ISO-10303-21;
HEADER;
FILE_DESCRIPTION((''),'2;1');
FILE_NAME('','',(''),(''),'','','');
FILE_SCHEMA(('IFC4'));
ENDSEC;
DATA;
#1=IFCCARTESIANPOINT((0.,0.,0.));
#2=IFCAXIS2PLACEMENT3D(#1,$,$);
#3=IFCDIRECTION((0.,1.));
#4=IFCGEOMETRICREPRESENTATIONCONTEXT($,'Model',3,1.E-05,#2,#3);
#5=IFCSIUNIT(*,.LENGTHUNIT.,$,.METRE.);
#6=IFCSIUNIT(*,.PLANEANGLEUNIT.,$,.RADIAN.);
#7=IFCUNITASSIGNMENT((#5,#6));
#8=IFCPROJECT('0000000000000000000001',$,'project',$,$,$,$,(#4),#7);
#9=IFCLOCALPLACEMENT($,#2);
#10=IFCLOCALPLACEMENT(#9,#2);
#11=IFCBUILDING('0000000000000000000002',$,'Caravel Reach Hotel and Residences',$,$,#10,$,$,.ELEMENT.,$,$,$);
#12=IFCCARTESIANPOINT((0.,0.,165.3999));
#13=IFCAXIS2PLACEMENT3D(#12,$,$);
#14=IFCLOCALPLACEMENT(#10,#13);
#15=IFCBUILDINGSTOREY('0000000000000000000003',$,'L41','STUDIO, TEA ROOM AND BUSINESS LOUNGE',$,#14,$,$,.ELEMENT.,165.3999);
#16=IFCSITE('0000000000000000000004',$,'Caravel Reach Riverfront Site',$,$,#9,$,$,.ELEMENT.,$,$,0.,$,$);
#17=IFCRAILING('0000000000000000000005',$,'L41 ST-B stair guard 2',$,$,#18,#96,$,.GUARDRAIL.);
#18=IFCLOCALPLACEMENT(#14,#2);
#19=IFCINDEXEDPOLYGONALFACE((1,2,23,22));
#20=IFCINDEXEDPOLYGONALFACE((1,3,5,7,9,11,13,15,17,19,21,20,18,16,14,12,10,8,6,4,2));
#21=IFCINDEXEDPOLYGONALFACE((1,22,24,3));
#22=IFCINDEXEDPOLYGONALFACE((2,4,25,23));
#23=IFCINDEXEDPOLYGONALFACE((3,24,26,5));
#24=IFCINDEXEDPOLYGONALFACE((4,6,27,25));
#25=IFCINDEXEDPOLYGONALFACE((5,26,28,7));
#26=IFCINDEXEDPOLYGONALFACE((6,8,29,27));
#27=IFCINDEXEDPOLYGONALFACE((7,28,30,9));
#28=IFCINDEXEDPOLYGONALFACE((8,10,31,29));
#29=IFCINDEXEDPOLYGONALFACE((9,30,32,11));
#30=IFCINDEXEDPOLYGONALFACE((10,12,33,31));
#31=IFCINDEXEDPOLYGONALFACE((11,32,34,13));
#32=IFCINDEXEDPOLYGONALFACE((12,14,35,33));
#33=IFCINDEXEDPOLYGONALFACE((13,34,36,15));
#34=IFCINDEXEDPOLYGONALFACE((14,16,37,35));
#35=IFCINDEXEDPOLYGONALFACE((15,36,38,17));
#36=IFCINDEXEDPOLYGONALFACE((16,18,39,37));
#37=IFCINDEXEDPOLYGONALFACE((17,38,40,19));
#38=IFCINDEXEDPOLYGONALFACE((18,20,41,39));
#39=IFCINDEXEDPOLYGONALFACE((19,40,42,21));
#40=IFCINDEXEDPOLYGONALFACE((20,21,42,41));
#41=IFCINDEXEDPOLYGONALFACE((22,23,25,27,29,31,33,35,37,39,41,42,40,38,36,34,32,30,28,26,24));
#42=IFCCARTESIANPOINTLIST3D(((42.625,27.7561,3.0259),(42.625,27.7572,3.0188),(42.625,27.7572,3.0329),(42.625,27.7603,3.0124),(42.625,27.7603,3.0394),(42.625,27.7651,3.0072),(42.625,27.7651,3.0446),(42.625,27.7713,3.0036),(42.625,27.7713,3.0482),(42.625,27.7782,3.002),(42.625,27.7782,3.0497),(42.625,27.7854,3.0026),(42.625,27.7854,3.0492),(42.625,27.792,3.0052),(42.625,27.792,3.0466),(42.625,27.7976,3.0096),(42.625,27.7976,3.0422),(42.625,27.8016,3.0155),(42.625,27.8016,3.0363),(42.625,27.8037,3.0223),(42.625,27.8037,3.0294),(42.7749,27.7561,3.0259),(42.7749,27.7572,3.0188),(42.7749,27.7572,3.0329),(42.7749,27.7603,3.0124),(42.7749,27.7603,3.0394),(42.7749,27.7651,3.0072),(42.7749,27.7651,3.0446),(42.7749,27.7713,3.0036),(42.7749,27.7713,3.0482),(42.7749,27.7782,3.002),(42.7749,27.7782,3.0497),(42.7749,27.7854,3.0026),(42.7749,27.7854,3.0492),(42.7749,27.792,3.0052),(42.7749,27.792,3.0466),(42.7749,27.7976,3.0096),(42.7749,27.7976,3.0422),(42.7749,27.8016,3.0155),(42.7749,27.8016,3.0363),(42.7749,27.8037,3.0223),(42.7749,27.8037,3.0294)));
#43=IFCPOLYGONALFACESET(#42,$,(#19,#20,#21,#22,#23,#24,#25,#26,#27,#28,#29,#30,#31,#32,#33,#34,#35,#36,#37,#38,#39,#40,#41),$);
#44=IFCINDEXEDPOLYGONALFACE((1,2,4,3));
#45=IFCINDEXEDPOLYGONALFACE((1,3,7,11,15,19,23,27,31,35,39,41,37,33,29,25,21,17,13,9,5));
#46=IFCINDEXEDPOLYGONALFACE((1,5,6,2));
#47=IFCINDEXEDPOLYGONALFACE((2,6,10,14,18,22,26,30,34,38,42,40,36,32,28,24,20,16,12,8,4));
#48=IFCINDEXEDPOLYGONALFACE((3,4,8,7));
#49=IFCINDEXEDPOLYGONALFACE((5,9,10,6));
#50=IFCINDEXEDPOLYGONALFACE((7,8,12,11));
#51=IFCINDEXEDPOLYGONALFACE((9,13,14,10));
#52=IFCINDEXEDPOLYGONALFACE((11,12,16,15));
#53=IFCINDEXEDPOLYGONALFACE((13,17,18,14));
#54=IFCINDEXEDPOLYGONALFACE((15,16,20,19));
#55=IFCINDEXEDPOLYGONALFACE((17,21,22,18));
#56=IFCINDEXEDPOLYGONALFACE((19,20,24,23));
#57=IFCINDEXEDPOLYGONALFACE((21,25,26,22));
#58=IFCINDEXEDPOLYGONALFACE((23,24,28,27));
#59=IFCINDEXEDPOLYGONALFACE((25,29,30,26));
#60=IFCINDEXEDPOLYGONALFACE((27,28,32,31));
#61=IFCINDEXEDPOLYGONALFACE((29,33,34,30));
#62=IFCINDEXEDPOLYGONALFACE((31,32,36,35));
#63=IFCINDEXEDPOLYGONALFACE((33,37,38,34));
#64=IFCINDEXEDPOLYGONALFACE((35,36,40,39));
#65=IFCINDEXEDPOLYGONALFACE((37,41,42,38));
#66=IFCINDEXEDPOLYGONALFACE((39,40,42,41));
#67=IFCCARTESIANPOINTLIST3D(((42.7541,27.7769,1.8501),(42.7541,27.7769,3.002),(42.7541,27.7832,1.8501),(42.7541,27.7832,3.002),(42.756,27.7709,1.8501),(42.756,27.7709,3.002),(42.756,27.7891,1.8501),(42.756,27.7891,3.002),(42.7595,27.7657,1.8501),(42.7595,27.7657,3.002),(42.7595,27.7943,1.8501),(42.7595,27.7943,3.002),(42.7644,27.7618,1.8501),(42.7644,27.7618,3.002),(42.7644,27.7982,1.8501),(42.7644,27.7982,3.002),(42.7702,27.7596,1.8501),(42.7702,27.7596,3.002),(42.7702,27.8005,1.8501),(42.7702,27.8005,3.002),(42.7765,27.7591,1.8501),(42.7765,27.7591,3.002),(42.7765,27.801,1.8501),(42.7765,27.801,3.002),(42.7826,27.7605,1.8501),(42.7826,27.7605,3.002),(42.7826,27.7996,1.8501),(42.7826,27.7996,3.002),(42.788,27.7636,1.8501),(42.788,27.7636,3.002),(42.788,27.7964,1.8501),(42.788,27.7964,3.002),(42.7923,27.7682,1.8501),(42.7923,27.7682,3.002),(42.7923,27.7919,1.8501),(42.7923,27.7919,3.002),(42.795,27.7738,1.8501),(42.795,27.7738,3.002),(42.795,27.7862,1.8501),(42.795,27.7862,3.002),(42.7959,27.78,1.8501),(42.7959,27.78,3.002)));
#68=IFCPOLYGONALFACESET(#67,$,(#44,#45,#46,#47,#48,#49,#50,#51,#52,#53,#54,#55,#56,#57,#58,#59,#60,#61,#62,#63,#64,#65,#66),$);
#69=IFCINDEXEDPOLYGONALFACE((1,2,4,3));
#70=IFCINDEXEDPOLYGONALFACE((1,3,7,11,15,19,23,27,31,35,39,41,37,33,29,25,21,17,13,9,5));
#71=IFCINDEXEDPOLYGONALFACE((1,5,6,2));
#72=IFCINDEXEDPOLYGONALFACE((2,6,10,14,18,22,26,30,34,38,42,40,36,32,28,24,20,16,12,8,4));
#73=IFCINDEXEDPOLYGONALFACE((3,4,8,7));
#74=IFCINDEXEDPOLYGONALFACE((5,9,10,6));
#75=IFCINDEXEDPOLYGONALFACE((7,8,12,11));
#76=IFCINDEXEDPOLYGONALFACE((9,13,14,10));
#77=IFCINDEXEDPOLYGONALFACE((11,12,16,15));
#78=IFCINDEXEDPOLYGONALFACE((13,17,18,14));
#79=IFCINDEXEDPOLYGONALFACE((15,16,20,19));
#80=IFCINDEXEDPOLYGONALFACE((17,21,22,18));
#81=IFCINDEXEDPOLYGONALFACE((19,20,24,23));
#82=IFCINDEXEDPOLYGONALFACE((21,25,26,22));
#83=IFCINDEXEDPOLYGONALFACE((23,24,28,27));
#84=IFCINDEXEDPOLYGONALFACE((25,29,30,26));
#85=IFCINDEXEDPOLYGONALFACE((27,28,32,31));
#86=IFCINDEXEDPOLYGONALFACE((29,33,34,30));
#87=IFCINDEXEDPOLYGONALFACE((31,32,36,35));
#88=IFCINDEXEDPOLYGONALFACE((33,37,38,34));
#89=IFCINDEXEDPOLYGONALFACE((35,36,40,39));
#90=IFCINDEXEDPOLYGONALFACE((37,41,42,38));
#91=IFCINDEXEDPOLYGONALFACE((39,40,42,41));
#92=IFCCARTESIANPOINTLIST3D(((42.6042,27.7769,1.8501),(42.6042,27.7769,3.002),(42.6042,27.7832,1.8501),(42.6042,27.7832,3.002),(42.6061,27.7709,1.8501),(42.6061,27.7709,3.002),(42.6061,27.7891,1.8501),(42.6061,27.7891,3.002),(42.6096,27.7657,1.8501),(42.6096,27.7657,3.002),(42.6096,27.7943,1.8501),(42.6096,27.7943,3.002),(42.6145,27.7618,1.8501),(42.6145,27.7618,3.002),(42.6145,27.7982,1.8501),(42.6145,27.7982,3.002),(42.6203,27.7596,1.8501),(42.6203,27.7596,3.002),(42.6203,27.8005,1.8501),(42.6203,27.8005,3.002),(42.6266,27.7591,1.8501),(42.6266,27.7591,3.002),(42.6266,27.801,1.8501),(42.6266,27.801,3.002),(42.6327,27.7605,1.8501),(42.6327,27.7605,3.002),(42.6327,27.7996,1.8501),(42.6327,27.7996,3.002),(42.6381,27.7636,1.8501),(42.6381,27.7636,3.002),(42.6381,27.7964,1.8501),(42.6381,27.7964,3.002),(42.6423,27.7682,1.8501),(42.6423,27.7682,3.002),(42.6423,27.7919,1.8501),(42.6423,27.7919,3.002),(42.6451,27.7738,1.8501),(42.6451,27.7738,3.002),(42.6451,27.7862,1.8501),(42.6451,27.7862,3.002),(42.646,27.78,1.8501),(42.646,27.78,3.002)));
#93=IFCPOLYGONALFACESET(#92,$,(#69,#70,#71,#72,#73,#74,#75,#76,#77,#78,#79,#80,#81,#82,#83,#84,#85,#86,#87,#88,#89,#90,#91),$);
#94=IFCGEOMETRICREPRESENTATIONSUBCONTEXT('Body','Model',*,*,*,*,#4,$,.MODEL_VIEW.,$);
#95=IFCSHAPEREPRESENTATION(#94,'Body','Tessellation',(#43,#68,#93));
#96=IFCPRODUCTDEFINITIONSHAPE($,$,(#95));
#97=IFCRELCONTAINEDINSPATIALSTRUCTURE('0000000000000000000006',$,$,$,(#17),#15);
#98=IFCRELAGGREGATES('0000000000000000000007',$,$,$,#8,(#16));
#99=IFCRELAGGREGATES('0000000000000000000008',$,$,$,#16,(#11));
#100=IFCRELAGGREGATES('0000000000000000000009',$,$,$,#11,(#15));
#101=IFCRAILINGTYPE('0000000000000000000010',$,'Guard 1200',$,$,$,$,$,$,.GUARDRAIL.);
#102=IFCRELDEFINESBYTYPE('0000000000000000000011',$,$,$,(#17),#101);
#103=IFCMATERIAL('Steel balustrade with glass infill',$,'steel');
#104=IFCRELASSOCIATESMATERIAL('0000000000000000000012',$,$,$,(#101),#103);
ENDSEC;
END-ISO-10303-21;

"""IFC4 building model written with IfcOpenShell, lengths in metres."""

from ifc_helpers import new_model, si_unit, direction, frame, origin, origin_2d, place, context, subcontext, project, spatial, circle, extrude, material, type_object, element, save


model = new_model("IFC4")

# Units and contexts
model_context = context("Model", 3, precision=1e-05, world=origin(), true_north=direction((0.0, 1.0)))
body_context = subcontext(model_context, "Body", "Model", "MODEL_VIEW")
ifc_project = project(units=[si_unit("LENGTHUNIT", "METRE"), si_unit("PLANEANGLEUNIT", "RADIAN")], contexts=[model_context])

# Site, building, storey
site_placement = place(None, origin())
site = spatial("IfcSite", under=ifc_project, at=site_placement, Name="Caravel Reach Riverfront Site", CompositionType="ELEMENT", RefElevation=0.0)
building_placement = place(site_placement, origin())
building = spatial("IfcBuilding", under=site, at=building_placement, Name="Caravel Reach Hotel and Residences", CompositionType="ELEMENT")
storey_placement = place(building_placement, frame((0.0, 0.0, 165.3999)))
storey = spatial("IfcBuildingStorey", under=building, at=storey_placement, Name="L41", Description="STUDIO, TEA ROOM AND BUSINESS LOUNGE", CompositionType="ELEMENT", Elevation=165.3999)

# Railing
ifc_material_1 = material(Name="Steel balustrade with glass infill", Category="steel")
railing_type_1 = type_object("IfcRailingType", Name="Guard 1200", PredefinedType="GUARDRAIL", material=ifc_material_1)
railing_1_placement = place(storey_placement, frame((42.7749, 27.78, 1.8501)))
element("IfcRailing", 1, at=railing_1_placement, inside=storey, type_object=railing_type_1, Name="L41 ST-B stair guard 2", PredefinedType="GUARDRAIL", context=body_context, shape_type="SweptSolid", body=[
    extrude(circle(Radius=0.0239, at=origin_2d()), frame((0.0, 0.0, 1.1758), z_axis=(-1.0, 0.0, 0.0), x_axis=(0.0, -1.0, 0.0)), (0.0, 0.0, 1.0), 0.1499),
    extrude(circle(Radius=0.021, at=origin_2d()), origin(), (0.0, 0.0, 1.0), 1.1519),
    extrude(circle(Radius=0.021, at=origin_2d()), frame((-0.1499, 0.0, 0.0)), (0.0, 0.0, 1.0), 1.1519),
])

save(model, "model.ifc")
